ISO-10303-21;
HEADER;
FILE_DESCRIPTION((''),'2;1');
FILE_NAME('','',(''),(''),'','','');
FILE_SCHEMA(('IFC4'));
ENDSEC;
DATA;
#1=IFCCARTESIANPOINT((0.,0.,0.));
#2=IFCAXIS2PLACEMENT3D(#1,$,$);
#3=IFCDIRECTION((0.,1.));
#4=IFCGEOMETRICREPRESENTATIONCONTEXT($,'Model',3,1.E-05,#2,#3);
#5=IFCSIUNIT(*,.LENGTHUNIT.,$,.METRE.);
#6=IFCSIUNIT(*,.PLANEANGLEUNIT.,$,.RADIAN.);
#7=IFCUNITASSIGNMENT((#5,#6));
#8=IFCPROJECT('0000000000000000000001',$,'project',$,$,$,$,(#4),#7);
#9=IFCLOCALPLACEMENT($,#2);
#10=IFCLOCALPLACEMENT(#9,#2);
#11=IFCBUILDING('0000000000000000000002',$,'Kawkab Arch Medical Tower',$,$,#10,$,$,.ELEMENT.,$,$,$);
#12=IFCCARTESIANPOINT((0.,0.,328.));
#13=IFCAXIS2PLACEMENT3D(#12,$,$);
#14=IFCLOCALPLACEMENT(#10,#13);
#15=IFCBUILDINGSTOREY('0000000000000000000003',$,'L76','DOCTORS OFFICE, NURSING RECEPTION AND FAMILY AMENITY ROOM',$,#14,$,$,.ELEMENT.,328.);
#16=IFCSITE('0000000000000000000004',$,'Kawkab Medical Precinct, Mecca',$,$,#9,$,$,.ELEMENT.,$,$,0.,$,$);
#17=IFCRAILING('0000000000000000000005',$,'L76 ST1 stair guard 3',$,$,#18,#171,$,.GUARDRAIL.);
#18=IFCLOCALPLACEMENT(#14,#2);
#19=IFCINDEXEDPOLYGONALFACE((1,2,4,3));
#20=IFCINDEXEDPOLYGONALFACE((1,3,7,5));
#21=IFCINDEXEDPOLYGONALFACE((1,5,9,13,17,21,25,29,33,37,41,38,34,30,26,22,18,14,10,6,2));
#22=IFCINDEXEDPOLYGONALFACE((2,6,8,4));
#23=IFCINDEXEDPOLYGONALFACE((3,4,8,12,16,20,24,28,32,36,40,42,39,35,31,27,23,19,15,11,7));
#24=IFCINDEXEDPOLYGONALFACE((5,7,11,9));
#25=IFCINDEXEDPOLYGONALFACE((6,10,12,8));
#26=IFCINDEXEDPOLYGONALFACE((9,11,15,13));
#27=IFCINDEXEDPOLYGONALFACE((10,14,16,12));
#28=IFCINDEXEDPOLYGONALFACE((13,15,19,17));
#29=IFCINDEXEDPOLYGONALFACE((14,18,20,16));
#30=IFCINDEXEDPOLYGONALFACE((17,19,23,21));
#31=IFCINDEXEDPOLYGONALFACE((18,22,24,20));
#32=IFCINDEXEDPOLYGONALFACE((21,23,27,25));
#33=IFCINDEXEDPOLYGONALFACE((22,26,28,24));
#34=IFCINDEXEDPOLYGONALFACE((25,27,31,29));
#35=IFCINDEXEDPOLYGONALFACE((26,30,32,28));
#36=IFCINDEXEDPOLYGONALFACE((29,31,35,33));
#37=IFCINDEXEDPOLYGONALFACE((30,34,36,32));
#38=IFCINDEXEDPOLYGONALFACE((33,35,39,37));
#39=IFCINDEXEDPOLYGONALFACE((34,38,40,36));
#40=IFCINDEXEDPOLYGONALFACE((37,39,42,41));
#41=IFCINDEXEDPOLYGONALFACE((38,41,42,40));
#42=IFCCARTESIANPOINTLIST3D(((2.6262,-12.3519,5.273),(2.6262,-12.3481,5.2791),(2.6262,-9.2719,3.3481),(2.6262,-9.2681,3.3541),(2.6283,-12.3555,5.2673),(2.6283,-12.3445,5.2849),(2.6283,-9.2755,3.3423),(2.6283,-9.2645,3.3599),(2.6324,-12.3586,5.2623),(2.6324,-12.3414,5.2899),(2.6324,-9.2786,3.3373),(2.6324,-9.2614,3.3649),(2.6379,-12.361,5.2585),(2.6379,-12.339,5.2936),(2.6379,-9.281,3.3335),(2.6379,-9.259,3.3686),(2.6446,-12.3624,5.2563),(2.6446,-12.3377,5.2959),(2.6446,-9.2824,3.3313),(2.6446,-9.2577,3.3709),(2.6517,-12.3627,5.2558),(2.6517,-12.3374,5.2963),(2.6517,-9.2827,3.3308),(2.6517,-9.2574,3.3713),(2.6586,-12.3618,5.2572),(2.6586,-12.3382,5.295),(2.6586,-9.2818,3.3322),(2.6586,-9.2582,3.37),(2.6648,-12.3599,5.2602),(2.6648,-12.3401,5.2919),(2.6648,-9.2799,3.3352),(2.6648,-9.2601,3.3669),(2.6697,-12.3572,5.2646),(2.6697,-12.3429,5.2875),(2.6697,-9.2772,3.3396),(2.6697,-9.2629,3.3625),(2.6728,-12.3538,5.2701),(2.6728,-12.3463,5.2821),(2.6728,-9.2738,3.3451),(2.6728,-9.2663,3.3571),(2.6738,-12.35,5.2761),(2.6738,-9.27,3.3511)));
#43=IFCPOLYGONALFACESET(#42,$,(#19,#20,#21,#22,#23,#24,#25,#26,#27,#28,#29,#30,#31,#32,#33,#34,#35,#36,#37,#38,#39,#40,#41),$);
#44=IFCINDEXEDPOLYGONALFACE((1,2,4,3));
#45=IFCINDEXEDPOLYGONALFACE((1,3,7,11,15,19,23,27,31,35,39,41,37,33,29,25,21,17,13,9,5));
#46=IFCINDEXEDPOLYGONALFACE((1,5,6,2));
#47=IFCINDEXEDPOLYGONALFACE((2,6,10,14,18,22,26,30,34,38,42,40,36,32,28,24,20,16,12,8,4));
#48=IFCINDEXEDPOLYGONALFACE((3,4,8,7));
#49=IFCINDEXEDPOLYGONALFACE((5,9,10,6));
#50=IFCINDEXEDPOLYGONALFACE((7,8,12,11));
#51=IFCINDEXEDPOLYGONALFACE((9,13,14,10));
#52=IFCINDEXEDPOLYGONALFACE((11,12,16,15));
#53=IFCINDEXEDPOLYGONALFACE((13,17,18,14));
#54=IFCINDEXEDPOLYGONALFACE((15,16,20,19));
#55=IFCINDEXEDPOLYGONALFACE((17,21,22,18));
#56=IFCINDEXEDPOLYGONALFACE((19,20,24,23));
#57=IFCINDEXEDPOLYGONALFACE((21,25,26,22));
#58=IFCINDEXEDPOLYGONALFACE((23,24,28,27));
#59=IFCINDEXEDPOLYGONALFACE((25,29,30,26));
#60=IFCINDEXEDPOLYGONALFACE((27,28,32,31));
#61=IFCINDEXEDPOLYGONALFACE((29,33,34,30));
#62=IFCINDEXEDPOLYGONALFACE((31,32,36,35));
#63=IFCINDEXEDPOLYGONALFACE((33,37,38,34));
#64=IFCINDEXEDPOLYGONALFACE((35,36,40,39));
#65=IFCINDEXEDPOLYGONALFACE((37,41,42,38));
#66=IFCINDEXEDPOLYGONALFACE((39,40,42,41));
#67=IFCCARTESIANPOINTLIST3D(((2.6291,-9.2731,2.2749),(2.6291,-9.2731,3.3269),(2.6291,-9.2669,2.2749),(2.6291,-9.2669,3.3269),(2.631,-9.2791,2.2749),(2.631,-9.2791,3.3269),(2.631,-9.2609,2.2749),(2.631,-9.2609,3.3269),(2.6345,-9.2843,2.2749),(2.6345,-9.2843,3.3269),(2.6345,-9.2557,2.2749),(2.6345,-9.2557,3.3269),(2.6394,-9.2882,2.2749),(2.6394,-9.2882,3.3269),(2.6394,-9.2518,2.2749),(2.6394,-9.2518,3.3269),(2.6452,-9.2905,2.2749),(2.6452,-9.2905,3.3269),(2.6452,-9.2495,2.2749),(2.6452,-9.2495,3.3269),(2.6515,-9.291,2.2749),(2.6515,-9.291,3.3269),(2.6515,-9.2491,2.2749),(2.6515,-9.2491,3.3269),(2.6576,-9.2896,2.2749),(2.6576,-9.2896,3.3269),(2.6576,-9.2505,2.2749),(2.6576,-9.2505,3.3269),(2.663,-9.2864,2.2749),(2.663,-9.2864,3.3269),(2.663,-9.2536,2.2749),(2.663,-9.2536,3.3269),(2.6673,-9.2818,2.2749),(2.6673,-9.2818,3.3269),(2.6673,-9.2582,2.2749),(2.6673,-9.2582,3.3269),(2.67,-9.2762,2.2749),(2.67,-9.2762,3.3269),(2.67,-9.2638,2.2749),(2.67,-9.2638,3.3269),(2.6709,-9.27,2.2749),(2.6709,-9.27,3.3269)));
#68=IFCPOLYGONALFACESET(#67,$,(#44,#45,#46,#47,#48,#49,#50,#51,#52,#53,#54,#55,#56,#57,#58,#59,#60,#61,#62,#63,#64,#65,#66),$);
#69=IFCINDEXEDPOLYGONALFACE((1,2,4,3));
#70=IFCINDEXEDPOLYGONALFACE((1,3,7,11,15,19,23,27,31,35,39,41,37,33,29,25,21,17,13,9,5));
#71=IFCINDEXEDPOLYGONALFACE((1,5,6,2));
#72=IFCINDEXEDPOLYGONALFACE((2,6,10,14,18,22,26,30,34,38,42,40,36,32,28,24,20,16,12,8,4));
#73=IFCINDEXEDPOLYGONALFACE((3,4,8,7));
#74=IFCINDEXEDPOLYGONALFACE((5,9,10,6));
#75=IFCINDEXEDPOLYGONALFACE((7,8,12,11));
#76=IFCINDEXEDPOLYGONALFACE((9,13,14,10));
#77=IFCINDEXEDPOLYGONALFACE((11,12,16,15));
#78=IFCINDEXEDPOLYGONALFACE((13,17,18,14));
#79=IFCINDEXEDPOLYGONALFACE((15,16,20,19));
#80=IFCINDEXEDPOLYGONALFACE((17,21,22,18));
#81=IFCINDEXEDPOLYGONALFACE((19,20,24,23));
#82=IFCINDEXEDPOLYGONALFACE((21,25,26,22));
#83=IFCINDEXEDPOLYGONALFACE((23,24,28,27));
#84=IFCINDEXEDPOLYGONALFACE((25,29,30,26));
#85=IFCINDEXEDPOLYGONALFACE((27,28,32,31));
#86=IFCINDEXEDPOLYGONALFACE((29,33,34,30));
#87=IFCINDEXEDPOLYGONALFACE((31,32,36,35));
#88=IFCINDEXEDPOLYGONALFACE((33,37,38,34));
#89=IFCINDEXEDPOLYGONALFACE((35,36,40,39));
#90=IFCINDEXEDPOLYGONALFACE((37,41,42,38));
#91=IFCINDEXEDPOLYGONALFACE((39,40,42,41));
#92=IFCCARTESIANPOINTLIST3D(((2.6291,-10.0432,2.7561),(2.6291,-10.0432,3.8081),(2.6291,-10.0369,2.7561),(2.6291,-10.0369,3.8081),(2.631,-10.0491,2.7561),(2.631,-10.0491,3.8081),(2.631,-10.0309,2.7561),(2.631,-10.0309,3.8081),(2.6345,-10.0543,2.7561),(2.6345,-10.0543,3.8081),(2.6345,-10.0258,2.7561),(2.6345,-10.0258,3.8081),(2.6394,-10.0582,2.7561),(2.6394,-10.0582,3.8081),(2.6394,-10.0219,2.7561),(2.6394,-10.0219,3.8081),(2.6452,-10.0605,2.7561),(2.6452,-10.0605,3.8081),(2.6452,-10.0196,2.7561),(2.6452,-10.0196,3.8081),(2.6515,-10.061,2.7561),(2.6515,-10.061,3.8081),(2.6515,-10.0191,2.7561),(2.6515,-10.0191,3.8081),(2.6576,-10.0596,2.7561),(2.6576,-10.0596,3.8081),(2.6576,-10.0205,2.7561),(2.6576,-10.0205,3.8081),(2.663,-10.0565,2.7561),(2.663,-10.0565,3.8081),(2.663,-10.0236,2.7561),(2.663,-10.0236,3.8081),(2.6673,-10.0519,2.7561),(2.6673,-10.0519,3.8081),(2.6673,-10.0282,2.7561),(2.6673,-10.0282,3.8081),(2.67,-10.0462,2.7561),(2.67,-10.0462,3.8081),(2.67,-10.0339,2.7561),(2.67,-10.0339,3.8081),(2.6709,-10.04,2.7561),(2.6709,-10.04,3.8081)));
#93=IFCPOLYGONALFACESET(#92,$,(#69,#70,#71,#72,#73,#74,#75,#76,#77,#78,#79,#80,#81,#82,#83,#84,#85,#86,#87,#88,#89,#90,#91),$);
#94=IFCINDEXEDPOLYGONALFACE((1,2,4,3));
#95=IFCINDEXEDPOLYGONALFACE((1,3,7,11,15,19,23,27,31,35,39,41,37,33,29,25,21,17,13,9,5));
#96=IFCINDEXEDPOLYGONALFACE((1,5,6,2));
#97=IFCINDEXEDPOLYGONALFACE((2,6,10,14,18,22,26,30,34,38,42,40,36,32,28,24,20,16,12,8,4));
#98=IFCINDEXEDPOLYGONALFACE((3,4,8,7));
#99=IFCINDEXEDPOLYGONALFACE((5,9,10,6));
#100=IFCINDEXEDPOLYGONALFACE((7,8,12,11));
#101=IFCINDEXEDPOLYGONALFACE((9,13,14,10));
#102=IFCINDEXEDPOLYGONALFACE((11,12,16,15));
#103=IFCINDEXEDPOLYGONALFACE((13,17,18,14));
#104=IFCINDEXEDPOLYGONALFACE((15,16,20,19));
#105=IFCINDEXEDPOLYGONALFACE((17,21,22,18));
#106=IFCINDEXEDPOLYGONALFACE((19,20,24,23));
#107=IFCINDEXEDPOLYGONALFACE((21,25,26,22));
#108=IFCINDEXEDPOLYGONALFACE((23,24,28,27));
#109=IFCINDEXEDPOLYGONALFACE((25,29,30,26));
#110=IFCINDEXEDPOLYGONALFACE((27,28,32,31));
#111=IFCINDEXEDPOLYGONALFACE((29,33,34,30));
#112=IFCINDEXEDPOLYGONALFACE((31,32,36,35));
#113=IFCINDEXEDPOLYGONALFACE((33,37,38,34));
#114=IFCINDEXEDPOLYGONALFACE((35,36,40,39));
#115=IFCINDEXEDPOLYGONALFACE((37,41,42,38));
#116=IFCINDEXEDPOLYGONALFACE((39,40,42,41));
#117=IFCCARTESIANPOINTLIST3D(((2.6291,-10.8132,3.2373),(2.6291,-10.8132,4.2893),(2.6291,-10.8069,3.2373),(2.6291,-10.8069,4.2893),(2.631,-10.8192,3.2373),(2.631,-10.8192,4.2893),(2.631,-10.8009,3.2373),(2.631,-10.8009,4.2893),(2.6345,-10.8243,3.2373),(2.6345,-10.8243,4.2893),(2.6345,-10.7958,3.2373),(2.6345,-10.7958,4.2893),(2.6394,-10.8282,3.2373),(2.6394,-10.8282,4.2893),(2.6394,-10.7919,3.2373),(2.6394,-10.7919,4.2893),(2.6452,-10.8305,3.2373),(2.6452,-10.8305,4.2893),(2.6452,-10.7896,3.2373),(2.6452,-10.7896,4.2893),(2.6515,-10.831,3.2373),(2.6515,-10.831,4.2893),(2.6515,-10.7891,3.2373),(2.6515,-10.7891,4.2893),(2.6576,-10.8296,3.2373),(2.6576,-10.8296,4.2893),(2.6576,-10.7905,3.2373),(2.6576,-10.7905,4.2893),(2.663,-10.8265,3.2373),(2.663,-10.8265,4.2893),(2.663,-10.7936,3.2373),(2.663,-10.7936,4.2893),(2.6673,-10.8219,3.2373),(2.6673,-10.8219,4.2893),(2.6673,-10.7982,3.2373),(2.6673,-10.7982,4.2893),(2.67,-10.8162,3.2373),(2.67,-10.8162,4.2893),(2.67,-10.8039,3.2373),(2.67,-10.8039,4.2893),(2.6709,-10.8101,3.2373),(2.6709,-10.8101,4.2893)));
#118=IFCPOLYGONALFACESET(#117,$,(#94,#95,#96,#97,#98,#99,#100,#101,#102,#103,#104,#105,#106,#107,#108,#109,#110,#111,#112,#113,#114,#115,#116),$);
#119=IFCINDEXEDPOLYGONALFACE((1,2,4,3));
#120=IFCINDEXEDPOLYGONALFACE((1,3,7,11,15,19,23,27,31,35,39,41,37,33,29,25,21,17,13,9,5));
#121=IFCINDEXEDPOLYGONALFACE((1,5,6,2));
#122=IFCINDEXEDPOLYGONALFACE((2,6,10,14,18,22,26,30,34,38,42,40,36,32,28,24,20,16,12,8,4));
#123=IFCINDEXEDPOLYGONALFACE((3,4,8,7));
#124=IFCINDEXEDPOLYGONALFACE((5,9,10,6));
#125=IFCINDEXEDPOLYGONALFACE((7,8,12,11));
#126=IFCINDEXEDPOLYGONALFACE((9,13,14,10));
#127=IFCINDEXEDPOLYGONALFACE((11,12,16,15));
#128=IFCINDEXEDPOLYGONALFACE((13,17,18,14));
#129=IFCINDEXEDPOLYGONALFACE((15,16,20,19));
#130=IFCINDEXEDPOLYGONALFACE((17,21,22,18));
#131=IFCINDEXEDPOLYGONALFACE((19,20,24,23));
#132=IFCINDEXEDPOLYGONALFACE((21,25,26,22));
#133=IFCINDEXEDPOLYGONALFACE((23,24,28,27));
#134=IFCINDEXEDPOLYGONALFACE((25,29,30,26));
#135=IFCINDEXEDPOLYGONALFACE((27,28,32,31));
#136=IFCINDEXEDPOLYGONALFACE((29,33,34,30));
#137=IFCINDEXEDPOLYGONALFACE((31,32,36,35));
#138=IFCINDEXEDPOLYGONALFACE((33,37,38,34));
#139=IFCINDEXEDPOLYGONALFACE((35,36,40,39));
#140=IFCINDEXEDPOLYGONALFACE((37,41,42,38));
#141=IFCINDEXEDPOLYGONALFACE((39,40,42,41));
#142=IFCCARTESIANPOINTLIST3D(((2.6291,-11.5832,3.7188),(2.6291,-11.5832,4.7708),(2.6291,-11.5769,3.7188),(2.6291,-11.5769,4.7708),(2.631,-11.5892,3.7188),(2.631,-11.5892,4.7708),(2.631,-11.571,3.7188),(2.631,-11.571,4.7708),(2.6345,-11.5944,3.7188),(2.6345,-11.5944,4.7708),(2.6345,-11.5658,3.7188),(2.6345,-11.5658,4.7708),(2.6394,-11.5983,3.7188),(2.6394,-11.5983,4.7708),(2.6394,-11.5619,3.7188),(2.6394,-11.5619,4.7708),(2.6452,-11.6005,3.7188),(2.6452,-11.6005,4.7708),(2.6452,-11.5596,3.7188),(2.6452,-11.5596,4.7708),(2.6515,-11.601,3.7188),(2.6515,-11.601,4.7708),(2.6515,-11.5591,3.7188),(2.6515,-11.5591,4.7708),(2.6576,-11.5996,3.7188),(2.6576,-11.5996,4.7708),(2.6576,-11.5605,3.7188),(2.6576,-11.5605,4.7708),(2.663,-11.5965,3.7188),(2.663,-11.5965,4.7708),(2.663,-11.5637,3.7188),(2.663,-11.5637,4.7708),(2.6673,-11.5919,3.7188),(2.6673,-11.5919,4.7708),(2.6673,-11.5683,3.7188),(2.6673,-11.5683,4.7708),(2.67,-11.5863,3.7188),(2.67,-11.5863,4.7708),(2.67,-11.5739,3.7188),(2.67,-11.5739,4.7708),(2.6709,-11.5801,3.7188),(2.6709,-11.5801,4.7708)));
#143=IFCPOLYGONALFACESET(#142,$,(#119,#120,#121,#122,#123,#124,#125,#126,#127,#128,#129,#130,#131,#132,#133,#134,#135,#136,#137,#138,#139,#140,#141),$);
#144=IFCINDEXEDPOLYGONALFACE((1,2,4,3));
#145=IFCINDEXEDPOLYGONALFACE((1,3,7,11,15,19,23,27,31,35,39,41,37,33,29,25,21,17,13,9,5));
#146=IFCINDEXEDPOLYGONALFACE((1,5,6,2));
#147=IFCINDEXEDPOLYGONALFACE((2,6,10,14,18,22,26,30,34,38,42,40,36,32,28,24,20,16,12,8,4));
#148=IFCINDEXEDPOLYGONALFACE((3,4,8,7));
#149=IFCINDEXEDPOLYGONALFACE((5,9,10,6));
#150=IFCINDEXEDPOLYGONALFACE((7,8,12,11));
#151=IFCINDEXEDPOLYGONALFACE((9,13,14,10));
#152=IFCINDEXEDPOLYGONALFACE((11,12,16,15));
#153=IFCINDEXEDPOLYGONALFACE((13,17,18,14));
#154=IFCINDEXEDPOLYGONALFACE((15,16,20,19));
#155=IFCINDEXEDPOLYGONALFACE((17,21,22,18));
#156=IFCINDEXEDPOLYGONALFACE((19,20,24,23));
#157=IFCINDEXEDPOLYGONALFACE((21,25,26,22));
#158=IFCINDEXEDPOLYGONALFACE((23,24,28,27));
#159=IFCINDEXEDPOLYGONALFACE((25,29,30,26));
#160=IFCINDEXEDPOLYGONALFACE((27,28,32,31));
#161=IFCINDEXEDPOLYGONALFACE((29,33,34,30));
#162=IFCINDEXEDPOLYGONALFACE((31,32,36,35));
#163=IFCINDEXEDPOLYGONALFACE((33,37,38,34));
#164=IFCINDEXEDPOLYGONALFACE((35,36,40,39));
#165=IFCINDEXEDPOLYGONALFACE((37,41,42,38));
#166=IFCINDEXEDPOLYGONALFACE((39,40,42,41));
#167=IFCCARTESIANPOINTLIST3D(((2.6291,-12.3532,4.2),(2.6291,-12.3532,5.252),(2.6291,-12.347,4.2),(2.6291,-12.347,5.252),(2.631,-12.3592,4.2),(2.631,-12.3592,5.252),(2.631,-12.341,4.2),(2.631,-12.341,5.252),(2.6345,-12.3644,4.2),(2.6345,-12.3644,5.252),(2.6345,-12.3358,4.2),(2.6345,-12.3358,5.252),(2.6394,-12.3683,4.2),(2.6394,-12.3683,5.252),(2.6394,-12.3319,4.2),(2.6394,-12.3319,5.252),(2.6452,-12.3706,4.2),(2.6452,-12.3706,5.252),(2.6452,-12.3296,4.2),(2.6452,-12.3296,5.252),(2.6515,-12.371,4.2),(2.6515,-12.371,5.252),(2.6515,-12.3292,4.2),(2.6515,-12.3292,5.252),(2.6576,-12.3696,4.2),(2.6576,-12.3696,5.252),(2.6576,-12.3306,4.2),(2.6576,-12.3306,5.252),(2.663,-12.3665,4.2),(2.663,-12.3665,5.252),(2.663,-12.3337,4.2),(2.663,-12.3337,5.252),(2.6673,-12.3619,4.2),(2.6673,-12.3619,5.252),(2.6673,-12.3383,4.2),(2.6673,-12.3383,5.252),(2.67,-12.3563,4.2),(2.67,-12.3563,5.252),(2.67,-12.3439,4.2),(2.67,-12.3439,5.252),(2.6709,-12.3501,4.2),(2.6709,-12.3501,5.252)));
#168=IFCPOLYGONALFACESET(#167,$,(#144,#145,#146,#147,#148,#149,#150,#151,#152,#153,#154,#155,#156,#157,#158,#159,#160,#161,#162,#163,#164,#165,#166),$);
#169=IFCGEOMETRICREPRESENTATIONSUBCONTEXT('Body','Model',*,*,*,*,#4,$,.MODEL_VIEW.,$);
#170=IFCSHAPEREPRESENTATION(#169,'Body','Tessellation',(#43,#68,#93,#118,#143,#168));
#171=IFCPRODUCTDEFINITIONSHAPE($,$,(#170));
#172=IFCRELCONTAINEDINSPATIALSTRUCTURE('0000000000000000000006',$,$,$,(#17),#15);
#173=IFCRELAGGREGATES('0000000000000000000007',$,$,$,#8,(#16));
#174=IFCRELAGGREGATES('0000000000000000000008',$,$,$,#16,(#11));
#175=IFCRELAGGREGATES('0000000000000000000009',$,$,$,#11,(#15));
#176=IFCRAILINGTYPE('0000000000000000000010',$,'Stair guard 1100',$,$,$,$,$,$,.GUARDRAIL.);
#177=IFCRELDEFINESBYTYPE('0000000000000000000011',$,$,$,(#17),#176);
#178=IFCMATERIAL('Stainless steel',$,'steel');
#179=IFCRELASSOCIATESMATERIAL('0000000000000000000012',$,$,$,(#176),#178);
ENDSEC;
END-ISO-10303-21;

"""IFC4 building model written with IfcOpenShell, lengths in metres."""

from ifc_helpers import new_model, si_unit, direction, frame, origin, origin_2d, place, context, subcontext, project, spatial, circle, extrude, material, type_object, element, save


model = new_model("IFC4")

# Units and contexts
model_context = context("Model", 3, precision=1e-05, world=origin(), true_north=direction((0.0, 1.0)))
body_context = subcontext(model_context, "Body", "Model", "MODEL_VIEW")
ifc_project = project(units=[si_unit("LENGTHUNIT", "METRE"), si_unit("PLANEANGLEUNIT", "RADIAN")], contexts=[model_context])

# Site, building, storey
site_placement = place(None, origin())
site = spatial("IfcSite", under=ifc_project, at=site_placement, Name="Kawkab Medical Precinct, Mecca", CompositionType="ELEMENT", RefElevation=0.0)
building_placement = place(site_placement, origin())
building = spatial("IfcBuilding", under=site, at=building_placement, Name="Kawkab Arch Medical Tower", CompositionType="ELEMENT")
storey_placement = place(building_placement, frame((0.0, 0.0, 328.0)))
storey = spatial("IfcBuildingStorey", under=building, at=storey_placement, Name="L76", Description="DOCTORS OFFICE, NURSING RECEPTION AND FAMILY AMENITY ROOM", CompositionType="ELEMENT", Elevation=328.0)

# Railing
ifc_material_1 = material(Name="Stainless steel", Category="steel")
railing_type = type_object("IfcRailingType", Name="Stair guard 1100", PredefinedType="GUARDRAIL", material=ifc_material_1)
railing_1_placement = place(storey_placement, frame((2.6499, -9.27, 2.2749)))
element("IfcRailing", 1, at=railing_1_placement, inside=storey, type_object=railing_type, Name="L76 ST1 stair guard 3", PredefinedType="GUARDRAIL", context=body_context, shape_type="SweptSolid", body=[
    extrude(circle(Radius=0.0239, at=origin_2d()), frame((0.0, 0.0, 1.0762), z_axis=(0.0, -0.847998, 0.529999), x_axis=(1.0, 0.0, 0.0)), (0.0, 0.0, 1.0), 3.6321),
    extrude(circle(Radius=0.021, at=origin_2d()), origin(), (0.0, 0.0, 1.0), 1.052),
    extrude(circle(Radius=0.021, at=origin_2d()), frame((0.0, -0.77, 0.4812)), (0.0, 0.0, 1.0), 1.052),
    extrude(circle(Radius=0.021, at=origin_2d()), frame((0.0, -1.54, 0.9624)), (0.0, 0.0, 1.0), 1.052),
    extrude(circle(Radius=0.021, at=origin_2d()), frame((0.0, -2.3101, 1.4438)), (0.0, 0.0, 1.0), 1.052),
    extrude(circle(Radius=0.021, at=origin_2d()), frame((0.0, -3.0801, 1.925)), (0.0, 0.0, 1.0), 1.052),
])

save(model, "model.ifc")
